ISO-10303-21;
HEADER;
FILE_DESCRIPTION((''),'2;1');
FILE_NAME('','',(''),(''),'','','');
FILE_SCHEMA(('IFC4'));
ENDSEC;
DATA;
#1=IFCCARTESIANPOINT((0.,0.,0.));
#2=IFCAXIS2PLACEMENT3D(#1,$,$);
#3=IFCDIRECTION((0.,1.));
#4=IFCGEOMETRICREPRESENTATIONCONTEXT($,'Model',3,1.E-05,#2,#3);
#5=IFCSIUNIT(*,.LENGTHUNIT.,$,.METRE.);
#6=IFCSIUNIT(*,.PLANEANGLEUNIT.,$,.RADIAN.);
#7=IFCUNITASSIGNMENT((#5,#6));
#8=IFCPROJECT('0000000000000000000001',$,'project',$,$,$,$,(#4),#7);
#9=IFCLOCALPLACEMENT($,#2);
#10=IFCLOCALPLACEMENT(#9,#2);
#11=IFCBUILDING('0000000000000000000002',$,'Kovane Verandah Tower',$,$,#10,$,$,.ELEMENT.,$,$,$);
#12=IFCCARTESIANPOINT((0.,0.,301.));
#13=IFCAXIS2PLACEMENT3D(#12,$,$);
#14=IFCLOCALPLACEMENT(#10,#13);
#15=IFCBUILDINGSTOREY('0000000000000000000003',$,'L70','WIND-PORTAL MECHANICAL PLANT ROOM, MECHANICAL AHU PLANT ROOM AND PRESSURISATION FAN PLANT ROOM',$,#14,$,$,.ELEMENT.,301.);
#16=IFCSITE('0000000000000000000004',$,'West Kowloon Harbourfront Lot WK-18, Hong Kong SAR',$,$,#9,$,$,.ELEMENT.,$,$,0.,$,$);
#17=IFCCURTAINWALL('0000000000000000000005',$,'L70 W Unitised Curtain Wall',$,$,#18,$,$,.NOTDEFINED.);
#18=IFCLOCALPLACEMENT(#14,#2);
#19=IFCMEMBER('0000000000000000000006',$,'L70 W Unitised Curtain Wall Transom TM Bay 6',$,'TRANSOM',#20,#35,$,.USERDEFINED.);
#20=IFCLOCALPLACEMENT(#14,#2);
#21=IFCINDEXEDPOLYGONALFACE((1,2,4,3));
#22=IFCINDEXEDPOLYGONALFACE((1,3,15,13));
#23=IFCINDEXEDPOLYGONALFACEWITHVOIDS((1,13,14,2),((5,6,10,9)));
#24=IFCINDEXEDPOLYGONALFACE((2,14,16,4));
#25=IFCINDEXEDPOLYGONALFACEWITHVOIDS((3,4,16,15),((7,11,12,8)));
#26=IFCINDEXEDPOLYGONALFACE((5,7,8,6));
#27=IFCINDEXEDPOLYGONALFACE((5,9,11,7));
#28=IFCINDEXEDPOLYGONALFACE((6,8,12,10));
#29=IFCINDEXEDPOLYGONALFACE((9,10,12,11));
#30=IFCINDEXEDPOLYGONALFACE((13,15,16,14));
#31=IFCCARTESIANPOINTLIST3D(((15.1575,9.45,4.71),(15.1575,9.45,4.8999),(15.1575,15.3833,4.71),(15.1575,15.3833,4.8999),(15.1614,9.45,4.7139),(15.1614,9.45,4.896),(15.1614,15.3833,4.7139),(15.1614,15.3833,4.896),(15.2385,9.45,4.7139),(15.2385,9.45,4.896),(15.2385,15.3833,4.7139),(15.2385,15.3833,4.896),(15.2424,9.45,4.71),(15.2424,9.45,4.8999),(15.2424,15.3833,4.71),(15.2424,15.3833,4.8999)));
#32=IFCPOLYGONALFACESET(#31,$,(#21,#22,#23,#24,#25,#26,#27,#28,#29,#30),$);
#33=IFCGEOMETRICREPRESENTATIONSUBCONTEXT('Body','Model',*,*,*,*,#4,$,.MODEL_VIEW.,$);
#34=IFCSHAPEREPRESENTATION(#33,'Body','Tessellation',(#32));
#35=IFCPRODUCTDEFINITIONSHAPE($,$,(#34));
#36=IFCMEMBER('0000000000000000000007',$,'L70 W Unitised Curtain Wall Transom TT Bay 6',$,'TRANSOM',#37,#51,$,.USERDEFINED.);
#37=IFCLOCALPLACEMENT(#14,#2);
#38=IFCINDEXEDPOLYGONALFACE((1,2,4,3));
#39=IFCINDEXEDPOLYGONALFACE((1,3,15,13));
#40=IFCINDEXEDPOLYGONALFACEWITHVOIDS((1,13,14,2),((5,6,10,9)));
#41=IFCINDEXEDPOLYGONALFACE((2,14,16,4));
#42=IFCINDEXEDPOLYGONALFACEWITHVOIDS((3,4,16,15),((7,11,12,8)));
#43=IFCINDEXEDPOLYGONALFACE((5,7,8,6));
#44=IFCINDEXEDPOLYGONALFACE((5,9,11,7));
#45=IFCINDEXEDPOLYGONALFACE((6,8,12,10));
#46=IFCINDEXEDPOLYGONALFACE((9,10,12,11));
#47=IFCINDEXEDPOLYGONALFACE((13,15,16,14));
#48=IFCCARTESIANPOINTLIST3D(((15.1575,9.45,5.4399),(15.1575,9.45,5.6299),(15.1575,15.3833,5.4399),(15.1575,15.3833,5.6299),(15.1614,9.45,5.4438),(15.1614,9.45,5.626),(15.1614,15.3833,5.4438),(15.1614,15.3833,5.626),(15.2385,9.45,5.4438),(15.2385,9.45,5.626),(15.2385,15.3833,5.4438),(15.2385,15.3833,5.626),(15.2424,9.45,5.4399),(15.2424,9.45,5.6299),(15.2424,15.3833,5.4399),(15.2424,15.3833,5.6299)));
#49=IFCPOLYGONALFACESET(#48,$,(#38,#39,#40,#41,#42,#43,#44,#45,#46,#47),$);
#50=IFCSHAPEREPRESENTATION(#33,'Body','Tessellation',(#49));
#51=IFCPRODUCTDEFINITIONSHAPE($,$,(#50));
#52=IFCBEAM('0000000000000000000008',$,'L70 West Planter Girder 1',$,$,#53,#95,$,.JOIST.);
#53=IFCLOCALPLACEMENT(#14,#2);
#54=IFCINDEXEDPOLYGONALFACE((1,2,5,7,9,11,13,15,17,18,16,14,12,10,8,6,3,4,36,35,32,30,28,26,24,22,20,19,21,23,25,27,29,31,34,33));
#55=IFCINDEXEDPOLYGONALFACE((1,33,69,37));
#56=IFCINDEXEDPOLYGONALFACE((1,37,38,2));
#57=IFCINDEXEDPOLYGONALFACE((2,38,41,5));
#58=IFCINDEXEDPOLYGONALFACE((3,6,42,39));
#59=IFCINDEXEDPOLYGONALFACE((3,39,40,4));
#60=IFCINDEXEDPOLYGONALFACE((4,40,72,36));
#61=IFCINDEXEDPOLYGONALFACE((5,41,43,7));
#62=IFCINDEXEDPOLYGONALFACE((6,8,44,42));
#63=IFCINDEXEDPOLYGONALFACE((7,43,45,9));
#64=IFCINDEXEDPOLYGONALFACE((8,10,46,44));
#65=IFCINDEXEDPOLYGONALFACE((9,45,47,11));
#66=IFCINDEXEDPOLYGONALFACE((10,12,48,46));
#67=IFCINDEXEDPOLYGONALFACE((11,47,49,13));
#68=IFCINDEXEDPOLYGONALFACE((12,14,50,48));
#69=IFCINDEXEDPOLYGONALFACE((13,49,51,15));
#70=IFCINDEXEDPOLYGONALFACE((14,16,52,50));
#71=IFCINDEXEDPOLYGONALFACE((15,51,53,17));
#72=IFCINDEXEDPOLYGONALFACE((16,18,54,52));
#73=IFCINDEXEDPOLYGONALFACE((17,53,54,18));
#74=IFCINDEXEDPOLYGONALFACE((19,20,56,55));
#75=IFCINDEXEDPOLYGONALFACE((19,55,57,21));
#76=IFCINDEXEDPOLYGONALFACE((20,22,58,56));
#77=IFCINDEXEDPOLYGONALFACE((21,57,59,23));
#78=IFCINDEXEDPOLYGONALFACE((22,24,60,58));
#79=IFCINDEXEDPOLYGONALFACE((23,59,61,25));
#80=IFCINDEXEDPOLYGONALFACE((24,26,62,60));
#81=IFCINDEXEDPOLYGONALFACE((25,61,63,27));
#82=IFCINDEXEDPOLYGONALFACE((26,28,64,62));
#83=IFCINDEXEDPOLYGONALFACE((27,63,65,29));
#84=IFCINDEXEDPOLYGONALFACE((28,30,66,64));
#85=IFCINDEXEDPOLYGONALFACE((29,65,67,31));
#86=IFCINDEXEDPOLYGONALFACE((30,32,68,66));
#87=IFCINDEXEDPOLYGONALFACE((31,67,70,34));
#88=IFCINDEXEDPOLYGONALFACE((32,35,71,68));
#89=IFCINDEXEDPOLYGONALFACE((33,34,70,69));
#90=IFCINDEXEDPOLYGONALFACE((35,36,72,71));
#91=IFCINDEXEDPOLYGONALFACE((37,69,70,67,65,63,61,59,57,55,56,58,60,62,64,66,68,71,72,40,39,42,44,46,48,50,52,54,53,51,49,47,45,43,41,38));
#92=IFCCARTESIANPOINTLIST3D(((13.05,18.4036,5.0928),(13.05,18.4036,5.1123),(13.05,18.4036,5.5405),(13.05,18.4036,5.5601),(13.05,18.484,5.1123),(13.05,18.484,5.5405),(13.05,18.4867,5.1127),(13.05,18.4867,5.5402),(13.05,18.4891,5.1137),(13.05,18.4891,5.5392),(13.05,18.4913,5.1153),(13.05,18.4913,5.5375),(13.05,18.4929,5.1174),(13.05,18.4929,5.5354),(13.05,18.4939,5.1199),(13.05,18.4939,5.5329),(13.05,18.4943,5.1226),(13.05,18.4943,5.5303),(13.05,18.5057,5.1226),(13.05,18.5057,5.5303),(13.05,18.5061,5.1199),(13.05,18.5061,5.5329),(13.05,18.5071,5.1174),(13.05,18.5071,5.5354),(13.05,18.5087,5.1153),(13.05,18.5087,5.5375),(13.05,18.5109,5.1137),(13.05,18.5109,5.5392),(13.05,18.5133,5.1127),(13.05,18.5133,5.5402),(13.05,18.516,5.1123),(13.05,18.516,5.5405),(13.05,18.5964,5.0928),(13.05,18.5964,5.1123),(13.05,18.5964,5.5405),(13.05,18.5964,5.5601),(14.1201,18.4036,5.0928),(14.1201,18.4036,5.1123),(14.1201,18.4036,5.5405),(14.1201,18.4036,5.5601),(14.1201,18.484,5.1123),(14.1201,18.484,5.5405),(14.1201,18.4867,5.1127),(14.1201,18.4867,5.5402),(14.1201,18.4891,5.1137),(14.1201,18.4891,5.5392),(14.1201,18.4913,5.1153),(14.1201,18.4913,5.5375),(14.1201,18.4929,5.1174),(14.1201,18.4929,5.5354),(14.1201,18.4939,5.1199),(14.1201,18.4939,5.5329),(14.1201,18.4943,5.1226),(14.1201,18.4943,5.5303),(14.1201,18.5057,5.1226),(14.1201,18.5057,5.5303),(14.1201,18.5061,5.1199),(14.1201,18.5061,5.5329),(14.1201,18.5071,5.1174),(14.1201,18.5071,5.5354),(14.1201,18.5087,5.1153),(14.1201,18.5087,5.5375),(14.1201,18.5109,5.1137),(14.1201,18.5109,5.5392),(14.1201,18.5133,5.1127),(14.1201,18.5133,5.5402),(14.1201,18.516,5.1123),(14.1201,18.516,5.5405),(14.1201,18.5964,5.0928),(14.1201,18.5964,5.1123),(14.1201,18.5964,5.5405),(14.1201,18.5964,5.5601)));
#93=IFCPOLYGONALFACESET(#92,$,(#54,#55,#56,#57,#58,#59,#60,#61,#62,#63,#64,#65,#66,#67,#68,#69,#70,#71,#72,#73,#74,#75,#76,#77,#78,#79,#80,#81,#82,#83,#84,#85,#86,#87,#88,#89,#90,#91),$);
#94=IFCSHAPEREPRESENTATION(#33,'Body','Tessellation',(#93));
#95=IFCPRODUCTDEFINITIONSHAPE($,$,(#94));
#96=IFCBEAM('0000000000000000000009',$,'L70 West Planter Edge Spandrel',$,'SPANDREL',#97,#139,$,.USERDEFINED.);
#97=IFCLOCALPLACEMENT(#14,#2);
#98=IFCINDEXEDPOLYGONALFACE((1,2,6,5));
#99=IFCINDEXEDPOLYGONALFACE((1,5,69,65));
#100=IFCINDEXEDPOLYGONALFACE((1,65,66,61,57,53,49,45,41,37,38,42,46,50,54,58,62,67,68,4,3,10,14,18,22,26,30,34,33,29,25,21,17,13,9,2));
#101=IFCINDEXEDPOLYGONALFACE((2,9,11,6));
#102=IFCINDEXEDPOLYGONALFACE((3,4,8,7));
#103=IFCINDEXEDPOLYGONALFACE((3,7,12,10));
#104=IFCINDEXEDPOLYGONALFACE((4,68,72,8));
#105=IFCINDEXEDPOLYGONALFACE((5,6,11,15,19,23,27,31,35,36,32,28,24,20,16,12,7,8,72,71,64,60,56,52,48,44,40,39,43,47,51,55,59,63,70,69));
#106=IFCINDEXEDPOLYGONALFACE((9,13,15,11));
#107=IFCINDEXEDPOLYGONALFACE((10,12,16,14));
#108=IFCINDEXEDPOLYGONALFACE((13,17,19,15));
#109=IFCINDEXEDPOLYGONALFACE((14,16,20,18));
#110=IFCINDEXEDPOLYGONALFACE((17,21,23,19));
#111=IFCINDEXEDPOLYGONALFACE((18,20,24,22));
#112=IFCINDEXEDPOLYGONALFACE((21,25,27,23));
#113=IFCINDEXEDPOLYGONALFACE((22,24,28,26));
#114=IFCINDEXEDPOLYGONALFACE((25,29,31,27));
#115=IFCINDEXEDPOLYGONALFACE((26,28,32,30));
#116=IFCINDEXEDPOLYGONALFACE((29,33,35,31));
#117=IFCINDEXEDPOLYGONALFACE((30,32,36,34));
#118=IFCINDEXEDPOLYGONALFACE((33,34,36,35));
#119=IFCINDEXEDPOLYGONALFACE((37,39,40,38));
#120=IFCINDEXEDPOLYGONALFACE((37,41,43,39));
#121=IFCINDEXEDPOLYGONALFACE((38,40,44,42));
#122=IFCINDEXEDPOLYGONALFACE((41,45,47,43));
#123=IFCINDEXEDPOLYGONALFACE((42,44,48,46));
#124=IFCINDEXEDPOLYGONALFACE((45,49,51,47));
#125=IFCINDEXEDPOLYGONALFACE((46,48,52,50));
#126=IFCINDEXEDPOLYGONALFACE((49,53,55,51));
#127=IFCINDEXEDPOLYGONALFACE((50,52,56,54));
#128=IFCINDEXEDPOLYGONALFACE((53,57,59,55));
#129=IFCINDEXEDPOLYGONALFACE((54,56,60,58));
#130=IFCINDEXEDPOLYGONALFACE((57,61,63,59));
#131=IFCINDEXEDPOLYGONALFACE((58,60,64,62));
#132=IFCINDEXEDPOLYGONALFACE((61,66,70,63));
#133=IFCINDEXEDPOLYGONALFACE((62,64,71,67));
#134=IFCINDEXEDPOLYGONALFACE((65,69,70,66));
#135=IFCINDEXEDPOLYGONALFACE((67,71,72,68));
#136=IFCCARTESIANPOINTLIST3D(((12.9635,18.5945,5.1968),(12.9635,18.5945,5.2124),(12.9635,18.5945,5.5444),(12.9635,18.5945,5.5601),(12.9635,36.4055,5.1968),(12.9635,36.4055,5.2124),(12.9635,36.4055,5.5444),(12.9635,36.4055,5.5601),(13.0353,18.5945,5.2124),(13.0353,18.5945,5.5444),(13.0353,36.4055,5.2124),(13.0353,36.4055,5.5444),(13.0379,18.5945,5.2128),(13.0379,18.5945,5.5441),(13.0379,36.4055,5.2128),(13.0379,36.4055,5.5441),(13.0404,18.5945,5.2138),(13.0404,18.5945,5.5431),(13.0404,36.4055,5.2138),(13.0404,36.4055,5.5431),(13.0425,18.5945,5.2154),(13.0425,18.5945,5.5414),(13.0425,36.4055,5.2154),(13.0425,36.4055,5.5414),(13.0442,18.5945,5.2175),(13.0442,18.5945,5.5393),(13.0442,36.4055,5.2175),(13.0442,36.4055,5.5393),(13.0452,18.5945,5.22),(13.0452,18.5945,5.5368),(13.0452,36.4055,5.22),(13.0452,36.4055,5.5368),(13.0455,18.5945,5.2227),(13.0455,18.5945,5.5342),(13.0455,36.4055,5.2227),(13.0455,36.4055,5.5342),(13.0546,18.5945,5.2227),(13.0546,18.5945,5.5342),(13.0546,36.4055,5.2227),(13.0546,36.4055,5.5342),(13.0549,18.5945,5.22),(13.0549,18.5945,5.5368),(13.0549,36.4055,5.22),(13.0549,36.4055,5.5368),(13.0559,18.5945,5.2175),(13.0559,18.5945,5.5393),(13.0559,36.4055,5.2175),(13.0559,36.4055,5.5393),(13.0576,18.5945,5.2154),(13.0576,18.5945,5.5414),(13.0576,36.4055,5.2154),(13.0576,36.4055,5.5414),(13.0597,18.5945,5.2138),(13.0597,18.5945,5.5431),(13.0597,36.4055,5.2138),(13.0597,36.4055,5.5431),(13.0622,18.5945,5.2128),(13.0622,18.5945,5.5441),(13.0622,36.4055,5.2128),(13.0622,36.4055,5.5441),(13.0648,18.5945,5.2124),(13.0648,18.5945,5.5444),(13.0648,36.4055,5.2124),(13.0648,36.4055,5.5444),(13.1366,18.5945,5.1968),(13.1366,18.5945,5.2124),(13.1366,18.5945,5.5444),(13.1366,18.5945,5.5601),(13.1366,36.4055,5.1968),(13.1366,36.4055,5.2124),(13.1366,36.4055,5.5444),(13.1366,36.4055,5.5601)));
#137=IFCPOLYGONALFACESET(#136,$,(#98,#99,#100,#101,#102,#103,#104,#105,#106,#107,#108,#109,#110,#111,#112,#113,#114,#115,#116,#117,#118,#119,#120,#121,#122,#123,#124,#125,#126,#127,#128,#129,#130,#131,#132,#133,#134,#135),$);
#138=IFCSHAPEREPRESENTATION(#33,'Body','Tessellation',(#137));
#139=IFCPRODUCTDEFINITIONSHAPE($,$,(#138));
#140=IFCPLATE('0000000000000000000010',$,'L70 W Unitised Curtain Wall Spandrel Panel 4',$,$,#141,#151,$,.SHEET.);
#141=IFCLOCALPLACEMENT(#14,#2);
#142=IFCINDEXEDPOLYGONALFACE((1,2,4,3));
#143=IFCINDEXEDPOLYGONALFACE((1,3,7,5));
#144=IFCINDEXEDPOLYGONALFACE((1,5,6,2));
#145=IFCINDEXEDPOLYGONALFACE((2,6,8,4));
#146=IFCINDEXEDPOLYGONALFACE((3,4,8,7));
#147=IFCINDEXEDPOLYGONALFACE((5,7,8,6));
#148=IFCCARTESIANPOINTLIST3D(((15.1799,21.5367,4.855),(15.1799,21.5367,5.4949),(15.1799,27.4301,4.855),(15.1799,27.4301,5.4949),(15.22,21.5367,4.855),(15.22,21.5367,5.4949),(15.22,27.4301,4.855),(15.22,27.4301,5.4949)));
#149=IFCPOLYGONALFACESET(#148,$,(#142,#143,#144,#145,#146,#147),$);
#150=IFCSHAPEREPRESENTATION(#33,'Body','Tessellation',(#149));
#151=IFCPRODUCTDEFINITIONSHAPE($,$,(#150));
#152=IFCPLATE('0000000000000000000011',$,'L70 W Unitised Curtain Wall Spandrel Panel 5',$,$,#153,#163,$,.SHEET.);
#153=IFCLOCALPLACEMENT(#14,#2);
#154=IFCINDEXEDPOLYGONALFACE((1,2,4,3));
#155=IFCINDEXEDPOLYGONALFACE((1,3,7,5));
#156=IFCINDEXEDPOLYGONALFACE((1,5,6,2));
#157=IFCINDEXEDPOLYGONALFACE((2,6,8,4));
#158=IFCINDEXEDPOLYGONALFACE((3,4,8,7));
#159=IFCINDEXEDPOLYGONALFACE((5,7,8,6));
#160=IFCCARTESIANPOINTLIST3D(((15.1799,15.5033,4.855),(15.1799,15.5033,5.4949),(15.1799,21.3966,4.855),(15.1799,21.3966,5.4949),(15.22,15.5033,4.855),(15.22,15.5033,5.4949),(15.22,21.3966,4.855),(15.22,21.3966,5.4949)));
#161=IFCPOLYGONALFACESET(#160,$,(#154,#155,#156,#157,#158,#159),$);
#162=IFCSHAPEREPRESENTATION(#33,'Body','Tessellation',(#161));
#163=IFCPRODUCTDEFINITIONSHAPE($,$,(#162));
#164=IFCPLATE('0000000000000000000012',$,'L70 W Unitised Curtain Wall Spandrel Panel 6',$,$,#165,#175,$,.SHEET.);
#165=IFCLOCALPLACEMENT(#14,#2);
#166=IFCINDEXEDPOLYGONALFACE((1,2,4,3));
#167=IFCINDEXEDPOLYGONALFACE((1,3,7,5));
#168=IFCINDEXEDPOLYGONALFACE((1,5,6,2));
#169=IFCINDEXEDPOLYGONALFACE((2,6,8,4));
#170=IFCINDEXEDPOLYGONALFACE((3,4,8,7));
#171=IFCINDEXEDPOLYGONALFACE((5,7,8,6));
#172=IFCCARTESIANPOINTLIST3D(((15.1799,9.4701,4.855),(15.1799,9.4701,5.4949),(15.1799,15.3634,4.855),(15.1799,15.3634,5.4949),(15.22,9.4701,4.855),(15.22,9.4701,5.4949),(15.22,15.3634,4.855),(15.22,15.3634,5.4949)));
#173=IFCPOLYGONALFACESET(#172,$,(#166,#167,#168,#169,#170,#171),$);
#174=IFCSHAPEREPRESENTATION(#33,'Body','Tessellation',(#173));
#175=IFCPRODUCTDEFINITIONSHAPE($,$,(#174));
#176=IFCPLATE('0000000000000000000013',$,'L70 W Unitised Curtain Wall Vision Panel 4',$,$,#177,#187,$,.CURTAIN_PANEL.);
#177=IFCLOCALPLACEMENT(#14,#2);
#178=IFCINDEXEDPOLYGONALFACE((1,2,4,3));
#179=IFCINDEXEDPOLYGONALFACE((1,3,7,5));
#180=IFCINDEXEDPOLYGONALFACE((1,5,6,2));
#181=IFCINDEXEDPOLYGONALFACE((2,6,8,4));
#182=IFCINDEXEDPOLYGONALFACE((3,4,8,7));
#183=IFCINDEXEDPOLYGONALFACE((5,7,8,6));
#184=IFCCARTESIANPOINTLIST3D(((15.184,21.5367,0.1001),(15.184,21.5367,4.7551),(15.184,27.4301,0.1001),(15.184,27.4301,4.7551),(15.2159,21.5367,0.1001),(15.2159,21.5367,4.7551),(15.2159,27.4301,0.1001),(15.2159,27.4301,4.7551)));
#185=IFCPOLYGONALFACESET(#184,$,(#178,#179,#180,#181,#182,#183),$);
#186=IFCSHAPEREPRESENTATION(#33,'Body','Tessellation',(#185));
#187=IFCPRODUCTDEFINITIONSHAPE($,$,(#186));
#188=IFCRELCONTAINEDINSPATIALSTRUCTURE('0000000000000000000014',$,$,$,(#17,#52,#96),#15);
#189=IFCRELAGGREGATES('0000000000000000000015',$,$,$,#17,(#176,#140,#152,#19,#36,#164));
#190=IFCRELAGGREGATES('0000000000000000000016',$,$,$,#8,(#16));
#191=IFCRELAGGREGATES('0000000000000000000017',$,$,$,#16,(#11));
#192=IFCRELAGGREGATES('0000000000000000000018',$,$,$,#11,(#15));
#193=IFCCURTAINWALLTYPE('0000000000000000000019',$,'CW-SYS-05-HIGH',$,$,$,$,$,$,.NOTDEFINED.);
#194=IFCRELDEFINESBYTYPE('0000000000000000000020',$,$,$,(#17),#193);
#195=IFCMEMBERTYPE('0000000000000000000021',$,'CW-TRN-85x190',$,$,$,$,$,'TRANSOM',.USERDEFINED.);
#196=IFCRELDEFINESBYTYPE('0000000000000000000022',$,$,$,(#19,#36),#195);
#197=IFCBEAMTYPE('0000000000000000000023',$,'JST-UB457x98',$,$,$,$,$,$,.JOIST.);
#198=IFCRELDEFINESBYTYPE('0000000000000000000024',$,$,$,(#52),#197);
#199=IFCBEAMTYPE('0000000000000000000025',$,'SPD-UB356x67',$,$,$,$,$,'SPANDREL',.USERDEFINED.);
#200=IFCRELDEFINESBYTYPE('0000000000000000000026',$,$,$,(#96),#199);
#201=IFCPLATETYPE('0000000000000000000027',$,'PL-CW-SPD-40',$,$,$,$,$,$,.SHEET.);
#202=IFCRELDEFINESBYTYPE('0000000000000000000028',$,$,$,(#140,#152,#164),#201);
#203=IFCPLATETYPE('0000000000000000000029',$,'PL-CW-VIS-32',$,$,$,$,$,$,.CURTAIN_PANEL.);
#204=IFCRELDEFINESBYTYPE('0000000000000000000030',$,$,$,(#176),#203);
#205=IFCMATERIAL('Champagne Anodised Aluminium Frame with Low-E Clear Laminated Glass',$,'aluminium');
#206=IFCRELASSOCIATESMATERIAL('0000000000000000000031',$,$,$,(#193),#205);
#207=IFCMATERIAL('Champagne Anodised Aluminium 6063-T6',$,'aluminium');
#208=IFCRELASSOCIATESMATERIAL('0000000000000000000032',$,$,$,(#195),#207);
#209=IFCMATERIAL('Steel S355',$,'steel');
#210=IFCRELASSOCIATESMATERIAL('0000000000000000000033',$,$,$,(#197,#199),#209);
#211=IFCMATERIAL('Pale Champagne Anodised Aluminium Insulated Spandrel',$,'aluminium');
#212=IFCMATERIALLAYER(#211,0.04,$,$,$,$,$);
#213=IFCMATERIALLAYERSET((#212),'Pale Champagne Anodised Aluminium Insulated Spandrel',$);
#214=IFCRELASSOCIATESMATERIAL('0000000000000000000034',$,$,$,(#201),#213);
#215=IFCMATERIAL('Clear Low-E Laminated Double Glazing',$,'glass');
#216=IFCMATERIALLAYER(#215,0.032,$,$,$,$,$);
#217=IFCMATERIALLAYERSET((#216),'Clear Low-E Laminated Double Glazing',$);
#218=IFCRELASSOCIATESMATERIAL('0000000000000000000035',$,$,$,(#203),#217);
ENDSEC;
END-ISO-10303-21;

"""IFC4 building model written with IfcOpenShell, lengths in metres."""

from ifc_helpers import new_model, si_unit, direction, frame, origin, origin_2d, place, context, subcontext, project, spatial, rectangle, hollow_rectangle, i_section, extrude, material, layer, layer_set, material_profile, profile_set, type_object, element, aggregate, save


model = new_model("IFC4")

# Units and contexts
model_context = context("Model", 3, precision=1e-05, world=origin(), true_north=direction((0.0, 1.0)))
body_context = subcontext(model_context, "Body", "Model", "MODEL_VIEW")
ifc_project = project(units=[si_unit("LENGTHUNIT", "METRE"), si_unit("PLANEANGLEUNIT", "RADIAN")], contexts=[model_context])

# Site, building, storey
site_placement = place(None, origin())
site = spatial("IfcSite", under=ifc_project, at=site_placement, Name="West Kowloon Harbourfront Lot WK-18, Hong Kong SAR", CompositionType="ELEMENT", RefElevation=0.0)
building_placement = place(site_placement, origin())
building = spatial("IfcBuilding", under=site, at=building_placement, Name="Kovane Verandah Tower", CompositionType="ELEMENT")
storey_placement = place(building_placement, frame((0.0, 0.0, 301.0)))
storey = spatial("IfcBuildingStorey", under=building, at=storey_placement, Name="L70", Description="WIND-PORTAL MECHANICAL PLANT ROOM, MECHANICAL AHU PLANT ROOM AND PRESSURISATION FAN PLANT ROOM", CompositionType="ELEMENT", Elevation=301.0)

# Shared definitions
ifc_material_1 = material(Name="Champagne Anodised Aluminium Frame with Low-E Clear Laminated Glass", Category="aluminium")
curtain_wall_type = type_object("IfcCurtainWallType", Name="CW-SYS-05-HIGH", PredefinedType="NOTDEFINED", material=ifc_material_1)
ifc_material_2 = material(Name="Champagne Anodised Aluminium 6063-T6", Category="aluminium")

# Curtain wall, members
curtain_wall_1_placement = place(storey_placement, origin())
curtain_wall_1 = element("IfcCurtainWall", 1, at=curtain_wall_1_placement, inside=storey, type_object=curtain_wall_type, Name="L70 W Unitised Curtain Wall", PredefinedType="NOTDEFINED")
ifc_material_profile_1 = material_profile(ifc_material_2, hollow_rectangle(XDim=0.085, YDim=0.1899, WallThickness=0.0039, at=origin_2d()), Name="AL85x190x4")
ifc_profile_set_1 = profile_set([ifc_material_profile_1], Name="Champagne Anodised Aluminium 6063-T6")
member_type_1 = type_object("IfcMemberType", Name="CW-TRN-85x190", ElementType="TRANSOM", PredefinedType="USERDEFINED", material=ifc_profile_set_1)
member_1_placement = place(storey_placement, frame((15.2, 15.3833, 4.8049), z_axis=(0.0, -1.0, 0.0), x_axis=(1.0, 0.0, 0.0)))
member_1 = element("IfcMember", 2, at=member_1_placement, type_object=member_type_1, Name="L70 W Unitised Curtain Wall Transom TM Bay 6", ObjectType="TRANSOM", PredefinedType="USERDEFINED", context=body_context, shape_type="SweptSolid", body=[
    extrude(hollow_rectangle(XDim=0.085, YDim=0.1899, WallThickness=0.0039, at=origin_2d()), origin(), (0.0, 0.0, 1.0), 5.9333),
])
member_2_placement = place(storey_placement, frame((15.2, 15.3833, 5.5349), z_axis=(0.0, -1.0, 0.0), x_axis=(1.0, 0.0, 0.0)))
member_2 = element("IfcMember", 3, at=member_2_placement, type_object=member_type_1, Name="L70 W Unitised Curtain Wall Transom TT Bay 6", ObjectType="TRANSOM", PredefinedType="USERDEFINED", context=body_context, shape_type="SweptSolid", body=[
    extrude(hollow_rectangle(XDim=0.085, YDim=0.1899, WallThickness=0.0039, at=origin_2d()), origin(), (0.0, 0.0, 1.0), 5.9333),
])

# Beams
ifc_material_3 = material(Name="Steel S355", Category="steel")
ifc_material_profile_2 = material_profile(ifc_material_3, i_section(OverallWidth=0.1929, OverallDepth=0.4673, WebThickness=0.0115, FlangeThickness=0.0195, FilletRadius=0.0103, at=origin_2d()), Name="UB457x191x98")
ifc_profile_set_2 = profile_set([ifc_material_profile_2], Name="Steel S355")
beam_type_1 = type_object("IfcBeamType", Name="JST-UB457x98", PredefinedType="JOIST", material=ifc_profile_set_2)
beam_1_placement = place(storey_placement, frame((14.1201, 18.5, 5.3264), z_axis=(-1.0, 0.0, 0.0), x_axis=(0.0, -1.0, 0.0)))
element("IfcBeam", 4, at=beam_1_placement, inside=storey, type_object=beam_type_1, Name="L70 West Planter Girder 1", PredefinedType="JOIST", context=body_context, shape_type="SweptSolid", body=[
    extrude(i_section(OverallWidth=0.1929, OverallDepth=0.4673, WebThickness=0.0115, FlangeThickness=0.0195, FilletRadius=0.0103, at=origin_2d()), origin(), (0.0, 0.0, 1.0), 1.0701),
])
ifc_material_profile_3 = material_profile(ifc_material_3, i_section(OverallWidth=0.1731, OverallDepth=0.3633, WebThickness=0.009, FlangeThickness=0.0156, FilletRadius=0.0103, at=origin_2d()), Name="UB356x171x67")
ifc_profile_set_3 = profile_set([ifc_material_profile_3], Name="Steel S355")
beam_type_2 = type_object("IfcBeamType", Name="SPD-UB356x67", ElementType="SPANDREL", PredefinedType="USERDEFINED", material=ifc_profile_set_3)
beam_2_placement = place(storey_placement, frame((13.05, 18.5945, 5.3784), z_axis=(0.0, 1.0, 0.0), x_axis=(-1.0, 0.0, 0.0)))
element("IfcBeam", 5, at=beam_2_placement, inside=storey, type_object=beam_type_2, Name="L70 West Planter Edge Spandrel", ObjectType="SPANDREL", PredefinedType="USERDEFINED", context=body_context, shape_type="SweptSolid", body=[
    extrude(i_section(OverallWidth=0.1731, OverallDepth=0.3633, WebThickness=0.009, FlangeThickness=0.0156, FilletRadius=0.0103, at=origin_2d()), origin(), (0.0, 0.0, 1.0), 17.811),
])

# Plates
ifc_material_4 = material(Name="Pale Champagne Anodised Aluminium Insulated Spandrel", Category="aluminium")
ifc_layer_1 = layer(ifc_material_4, 0.04)
ifc_layer_set_1 = layer_set([ifc_layer_1], Name="Pale Champagne Anodised Aluminium Insulated Spandrel")
plate_type_1 = type_object("IfcPlateType", Name="PL-CW-SPD-40", PredefinedType="SHEET", material=ifc_layer_set_1)
plate_1_placement = place(storey_placement, frame((15.2, 24.4834, 4.855), z_axis=(0.0, 0.0, 1.0), x_axis=(0.0, -1.0, 0.0)))
plate_1 = element("IfcPlate", 6, at=plate_1_placement, type_object=plate_type_1, Name="L70 W Unitised Curtain Wall Spandrel Panel 4", PredefinedType="SHEET", context=body_context, shape_type="SweptSolid", body=[
    extrude(rectangle(XDim=5.8933, YDim=0.04, at=origin_2d()), origin(), (0.0, 0.0, 1.0), 0.6399),
])
plate_2_placement = place(storey_placement, frame((15.2, 18.45, 4.855), z_axis=(0.0, 0.0, 1.0), x_axis=(0.0, -1.0, 0.0)))
plate_2 = element("IfcPlate", 7, at=plate_2_placement, type_object=plate_type_1, Name="L70 W Unitised Curtain Wall Spandrel Panel 5", PredefinedType="SHEET", context=body_context, shape_type="SweptSolid", body=[
    extrude(rectangle(XDim=5.8933, YDim=0.04, at=origin_2d()), origin(), (0.0, 0.0, 1.0), 0.6399),
])
plate_3_placement = place(storey_placement, frame((15.2, 12.4167, 4.855), z_axis=(0.0, 0.0, 1.0), x_axis=(0.0, -1.0, 0.0)))
plate_3 = element("IfcPlate", 8, at=plate_3_placement, type_object=plate_type_1, Name="L70 W Unitised Curtain Wall Spandrel Panel 6", PredefinedType="SHEET", context=body_context, shape_type="SweptSolid", body=[
    extrude(rectangle(XDim=5.8933, YDim=0.04, at=origin_2d()), origin(), (0.0, 0.0, 1.0), 0.6399),
])
ifc_material_5 = material(Name="Clear Low-E Laminated Double Glazing", Category="glass")
ifc_layer_2 = layer(ifc_material_5, 0.032)
ifc_layer_set_2 = layer_set([ifc_layer_2], Name="Clear Low-E Laminated Double Glazing")
plate_type_2 = type_object("IfcPlateType", Name="PL-CW-VIS-32", PredefinedType="CURTAIN_PANEL", material=ifc_layer_set_2)
plate_4_placement = place(storey_placement, frame((15.2, 24.4834, 0.1001), z_axis=(0.0, 0.0, 1.0), x_axis=(0.0, -1.0, 0.0)))
plate_4 = element("IfcPlate", 9, at=plate_4_placement, type_object=plate_type_2, Name="L70 W Unitised Curtain Wall Vision Panel 4", PredefinedType="CURTAIN_PANEL", context=body_context, shape_type="SweptSolid", body=[
    extrude(rectangle(XDim=5.8933, YDim=0.032, at=origin_2d()), origin(), (0.0, 0.0, 1.0), 4.655),
])
aggregate(curtain_wall_1, [plate_4, plate_1, plate_2, member_1, member_2, plate_3])

save(model, "model.ifc")
